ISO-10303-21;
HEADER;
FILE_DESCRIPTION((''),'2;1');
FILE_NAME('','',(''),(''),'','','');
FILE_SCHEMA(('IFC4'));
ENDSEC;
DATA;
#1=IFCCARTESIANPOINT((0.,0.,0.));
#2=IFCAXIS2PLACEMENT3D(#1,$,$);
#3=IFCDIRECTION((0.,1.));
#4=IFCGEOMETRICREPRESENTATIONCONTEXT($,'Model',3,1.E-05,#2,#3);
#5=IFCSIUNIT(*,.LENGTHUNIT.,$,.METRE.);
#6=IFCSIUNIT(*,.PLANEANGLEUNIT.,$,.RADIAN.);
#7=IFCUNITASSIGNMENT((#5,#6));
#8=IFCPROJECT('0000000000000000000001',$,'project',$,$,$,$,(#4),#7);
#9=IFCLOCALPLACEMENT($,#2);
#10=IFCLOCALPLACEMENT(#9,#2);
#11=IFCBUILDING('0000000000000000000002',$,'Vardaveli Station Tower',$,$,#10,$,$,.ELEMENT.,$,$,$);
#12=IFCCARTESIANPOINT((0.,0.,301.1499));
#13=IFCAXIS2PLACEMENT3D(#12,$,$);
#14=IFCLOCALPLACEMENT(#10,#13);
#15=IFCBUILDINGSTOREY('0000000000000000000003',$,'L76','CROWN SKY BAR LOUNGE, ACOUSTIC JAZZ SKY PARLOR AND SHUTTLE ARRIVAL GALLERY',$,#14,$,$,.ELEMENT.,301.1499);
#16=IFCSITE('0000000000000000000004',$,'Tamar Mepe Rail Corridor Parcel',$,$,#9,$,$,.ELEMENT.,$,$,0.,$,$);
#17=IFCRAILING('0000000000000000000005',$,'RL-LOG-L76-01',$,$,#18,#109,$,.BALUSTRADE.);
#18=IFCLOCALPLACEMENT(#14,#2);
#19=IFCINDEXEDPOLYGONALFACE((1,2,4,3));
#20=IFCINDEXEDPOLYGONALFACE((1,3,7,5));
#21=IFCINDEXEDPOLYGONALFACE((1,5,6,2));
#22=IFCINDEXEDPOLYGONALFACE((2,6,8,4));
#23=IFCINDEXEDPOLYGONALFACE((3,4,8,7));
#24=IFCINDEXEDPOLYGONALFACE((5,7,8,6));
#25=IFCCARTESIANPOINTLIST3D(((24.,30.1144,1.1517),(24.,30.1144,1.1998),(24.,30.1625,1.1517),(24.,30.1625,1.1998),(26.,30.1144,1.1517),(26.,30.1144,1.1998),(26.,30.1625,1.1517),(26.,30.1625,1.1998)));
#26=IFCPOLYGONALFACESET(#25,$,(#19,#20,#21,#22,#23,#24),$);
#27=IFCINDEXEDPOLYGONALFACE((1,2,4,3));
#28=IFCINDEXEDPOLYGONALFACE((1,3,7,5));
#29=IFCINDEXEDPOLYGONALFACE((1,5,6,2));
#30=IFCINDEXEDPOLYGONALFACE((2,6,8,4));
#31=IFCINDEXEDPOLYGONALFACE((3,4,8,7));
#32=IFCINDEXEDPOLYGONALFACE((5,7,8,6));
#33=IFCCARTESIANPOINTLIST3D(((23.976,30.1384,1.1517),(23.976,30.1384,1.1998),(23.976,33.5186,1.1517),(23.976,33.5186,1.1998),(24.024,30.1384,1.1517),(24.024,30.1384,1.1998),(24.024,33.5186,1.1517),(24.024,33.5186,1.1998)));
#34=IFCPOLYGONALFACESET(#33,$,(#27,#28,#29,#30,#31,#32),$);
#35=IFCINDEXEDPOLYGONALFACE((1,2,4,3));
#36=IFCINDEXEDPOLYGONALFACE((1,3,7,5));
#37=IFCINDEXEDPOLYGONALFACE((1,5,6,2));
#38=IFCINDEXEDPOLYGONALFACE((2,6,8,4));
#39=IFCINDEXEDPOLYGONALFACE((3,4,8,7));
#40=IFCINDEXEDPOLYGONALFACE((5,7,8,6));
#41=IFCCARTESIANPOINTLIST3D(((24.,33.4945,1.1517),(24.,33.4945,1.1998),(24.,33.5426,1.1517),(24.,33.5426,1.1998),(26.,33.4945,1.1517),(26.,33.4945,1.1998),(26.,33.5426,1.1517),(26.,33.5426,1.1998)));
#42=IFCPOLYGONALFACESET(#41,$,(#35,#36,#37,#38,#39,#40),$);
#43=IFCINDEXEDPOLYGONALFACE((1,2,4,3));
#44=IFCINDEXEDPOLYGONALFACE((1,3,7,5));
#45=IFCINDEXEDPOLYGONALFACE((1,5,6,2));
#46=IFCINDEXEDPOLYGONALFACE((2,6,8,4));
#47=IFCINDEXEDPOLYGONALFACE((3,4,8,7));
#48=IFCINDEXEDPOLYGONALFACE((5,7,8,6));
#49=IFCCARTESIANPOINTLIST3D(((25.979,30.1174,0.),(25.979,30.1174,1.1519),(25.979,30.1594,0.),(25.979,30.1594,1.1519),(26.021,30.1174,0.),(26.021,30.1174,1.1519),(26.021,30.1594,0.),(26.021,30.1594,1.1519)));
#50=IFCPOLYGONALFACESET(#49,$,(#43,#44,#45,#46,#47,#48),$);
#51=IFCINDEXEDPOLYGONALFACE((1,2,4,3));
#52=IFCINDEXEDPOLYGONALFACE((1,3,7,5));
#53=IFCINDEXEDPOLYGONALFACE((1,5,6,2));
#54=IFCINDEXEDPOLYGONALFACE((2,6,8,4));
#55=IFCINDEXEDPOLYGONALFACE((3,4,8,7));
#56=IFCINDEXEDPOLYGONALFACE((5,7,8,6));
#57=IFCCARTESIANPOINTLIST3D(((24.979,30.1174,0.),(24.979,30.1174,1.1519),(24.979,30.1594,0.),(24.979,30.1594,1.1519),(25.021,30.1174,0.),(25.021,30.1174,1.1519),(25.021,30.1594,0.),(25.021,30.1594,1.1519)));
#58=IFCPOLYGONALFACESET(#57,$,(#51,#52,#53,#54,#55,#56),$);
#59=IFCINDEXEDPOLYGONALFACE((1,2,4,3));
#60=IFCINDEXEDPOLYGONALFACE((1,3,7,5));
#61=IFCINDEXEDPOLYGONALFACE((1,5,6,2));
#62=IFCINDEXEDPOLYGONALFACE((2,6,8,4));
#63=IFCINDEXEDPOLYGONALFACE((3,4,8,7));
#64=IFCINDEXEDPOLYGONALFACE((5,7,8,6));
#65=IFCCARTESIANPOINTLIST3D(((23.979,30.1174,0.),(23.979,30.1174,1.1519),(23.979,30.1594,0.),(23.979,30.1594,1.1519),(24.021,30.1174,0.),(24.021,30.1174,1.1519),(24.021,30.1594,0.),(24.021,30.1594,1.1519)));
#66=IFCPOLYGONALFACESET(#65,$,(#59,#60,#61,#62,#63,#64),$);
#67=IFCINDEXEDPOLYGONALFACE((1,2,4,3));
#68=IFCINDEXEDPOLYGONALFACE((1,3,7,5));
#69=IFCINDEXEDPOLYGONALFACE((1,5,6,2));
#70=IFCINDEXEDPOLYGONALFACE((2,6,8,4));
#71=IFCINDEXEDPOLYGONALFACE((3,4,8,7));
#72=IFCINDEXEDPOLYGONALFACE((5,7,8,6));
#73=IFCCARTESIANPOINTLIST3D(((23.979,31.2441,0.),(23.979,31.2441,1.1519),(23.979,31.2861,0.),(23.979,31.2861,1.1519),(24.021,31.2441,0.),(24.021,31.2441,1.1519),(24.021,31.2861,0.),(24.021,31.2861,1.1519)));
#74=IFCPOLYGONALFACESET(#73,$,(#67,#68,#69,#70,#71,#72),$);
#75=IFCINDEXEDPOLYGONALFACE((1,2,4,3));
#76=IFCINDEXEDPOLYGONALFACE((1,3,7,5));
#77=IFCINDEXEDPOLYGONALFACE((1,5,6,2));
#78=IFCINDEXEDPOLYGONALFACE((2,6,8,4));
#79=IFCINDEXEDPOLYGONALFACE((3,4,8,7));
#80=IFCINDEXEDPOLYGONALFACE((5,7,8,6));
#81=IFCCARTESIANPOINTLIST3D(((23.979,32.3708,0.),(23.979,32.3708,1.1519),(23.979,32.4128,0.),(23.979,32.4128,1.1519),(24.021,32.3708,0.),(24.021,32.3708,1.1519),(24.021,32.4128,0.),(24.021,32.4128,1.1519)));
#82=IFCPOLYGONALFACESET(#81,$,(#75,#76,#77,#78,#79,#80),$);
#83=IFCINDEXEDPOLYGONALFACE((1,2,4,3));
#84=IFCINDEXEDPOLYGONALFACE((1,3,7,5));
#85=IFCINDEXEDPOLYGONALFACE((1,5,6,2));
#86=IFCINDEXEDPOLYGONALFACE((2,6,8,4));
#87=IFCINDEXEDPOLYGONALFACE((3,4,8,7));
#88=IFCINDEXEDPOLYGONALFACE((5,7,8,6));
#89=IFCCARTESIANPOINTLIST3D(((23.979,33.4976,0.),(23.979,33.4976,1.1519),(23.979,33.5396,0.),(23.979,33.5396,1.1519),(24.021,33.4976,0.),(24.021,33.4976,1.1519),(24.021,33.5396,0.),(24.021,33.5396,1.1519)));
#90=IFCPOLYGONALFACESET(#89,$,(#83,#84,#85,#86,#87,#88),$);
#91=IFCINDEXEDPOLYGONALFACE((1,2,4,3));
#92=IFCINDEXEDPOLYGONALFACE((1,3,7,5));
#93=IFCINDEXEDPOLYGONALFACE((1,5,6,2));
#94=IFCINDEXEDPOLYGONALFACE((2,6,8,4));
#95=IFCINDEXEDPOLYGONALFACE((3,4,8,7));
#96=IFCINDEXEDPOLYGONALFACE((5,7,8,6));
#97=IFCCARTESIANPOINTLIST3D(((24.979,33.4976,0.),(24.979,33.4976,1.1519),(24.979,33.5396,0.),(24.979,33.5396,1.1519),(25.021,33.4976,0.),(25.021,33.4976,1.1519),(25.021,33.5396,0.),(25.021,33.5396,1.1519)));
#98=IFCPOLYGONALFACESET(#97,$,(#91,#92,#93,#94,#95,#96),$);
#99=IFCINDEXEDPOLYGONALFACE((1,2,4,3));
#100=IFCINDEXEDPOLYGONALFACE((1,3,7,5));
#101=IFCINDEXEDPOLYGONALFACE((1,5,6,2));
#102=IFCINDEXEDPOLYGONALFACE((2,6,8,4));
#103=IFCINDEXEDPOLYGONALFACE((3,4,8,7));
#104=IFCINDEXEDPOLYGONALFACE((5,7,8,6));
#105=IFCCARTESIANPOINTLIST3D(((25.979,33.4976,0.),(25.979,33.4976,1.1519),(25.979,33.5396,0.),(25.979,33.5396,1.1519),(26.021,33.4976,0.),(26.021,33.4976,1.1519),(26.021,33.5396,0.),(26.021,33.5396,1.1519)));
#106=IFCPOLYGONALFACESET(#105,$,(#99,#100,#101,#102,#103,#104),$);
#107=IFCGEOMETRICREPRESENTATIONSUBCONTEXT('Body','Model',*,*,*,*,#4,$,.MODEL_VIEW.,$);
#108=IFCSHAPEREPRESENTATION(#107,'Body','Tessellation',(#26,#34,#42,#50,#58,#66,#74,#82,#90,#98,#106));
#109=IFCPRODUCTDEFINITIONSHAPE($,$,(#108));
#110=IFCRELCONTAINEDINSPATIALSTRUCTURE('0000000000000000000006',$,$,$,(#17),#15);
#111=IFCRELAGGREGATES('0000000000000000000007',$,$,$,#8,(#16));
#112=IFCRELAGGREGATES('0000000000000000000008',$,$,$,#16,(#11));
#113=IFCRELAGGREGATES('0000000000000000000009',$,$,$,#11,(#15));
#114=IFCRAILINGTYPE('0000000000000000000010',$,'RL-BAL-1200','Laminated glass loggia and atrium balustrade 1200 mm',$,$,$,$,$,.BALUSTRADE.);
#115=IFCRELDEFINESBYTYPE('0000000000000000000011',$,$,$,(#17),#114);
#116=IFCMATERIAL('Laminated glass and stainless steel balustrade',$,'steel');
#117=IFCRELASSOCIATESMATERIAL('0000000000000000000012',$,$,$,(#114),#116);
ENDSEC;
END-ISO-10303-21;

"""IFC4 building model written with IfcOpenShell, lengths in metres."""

from ifc_helpers import new_model, si_unit, direction, frame, origin, origin_2d, place, context, subcontext, project, spatial, rectangle, extrude, source, transform, mapped, material, type_object, element, save


model = new_model("IFC4")

# Units and contexts
model_context = context("Model", 3, precision=1e-05, world=origin(), true_north=direction((0.0, 1.0)))
body_context = subcontext(model_context, "Body", "Model", "MODEL_VIEW")
ifc_project = project(units=[si_unit("LENGTHUNIT", "METRE"), si_unit("PLANEANGLEUNIT", "RADIAN")], contexts=[model_context])

# Site, building, storey
site_placement = place(None, origin())
site = spatial("IfcSite", under=ifc_project, at=site_placement, Name="Tamar Mepe Rail Corridor Parcel", CompositionType="ELEMENT", RefElevation=0.0)
building_placement = place(site_placement, origin())
building = spatial("IfcBuilding", under=site, at=building_placement, Name="Vardaveli Station Tower", CompositionType="ELEMENT")
storey_placement = place(building_placement, frame((0.0, 0.0, 301.1499)))
storey = spatial("IfcBuildingStorey", under=building, at=storey_placement, Name="L76", Description="CROWN SKY BAR LOUNGE, ACOUSTIC JAZZ SKY PARLOR AND SHUTTLE ARRIVAL GALLERY", CompositionType="ELEMENT", Elevation=301.1499)

# Railing
ifc_material_1 = material(Name="Laminated glass and stainless steel balustrade", Category="steel")
railing_type = type_object("IfcRailingType", Name="RL-BAL-1200", Description="Laminated glass loggia and atrium balustrade 1200 mm", PredefinedType="BALUSTRADE", material=ifc_material_1)
shared_shape_1 = source(origin(), body_context, "Body", "SweptSolid", [
    extrude(rectangle(XDim=0.0481, YDim=0.0481, at=origin_2d()), frame((0.0, 0.0, 1.1758), z_axis=(-1.0, 0.0, 0.0), x_axis=(0.0, -1.0, 0.0)), (0.0, 0.0, 1.0), 2.0),
    extrude(rectangle(XDim=0.0481, YDim=0.0481, at=origin_2d()), frame((-2.0, 0.0, 1.1758), z_axis=(0.0, 1.0, 0.0), x_axis=(-1.0, 0.0, 0.0)), (0.0, 0.0, 1.0), 3.3801),
    extrude(rectangle(XDim=0.0481, YDim=0.0481, at=origin_2d()), frame((-2.0, 3.3801, 1.1758), z_axis=(1.0, 0.0, 0.0), x_axis=(0.0, 1.0, 0.0)), (0.0, 0.0, 1.0), 2.0),
    extrude(rectangle(XDim=0.042, YDim=0.042, at=origin_2d()), origin(), (0.0, 0.0, 1.0), 1.1519),
    extrude(rectangle(XDim=0.042, YDim=0.042, at=origin_2d()), frame((-1.0, 0.0, 0.0)), (0.0, 0.0, 1.0), 1.1519),
    extrude(rectangle(XDim=0.042, YDim=0.042, at=origin_2d()), frame((-2.0, 0.0, 0.0)), (0.0, 0.0, 1.0), 1.1519),
    extrude(rectangle(XDim=0.042, YDim=0.042, at=origin_2d()), frame((-2.0, 1.1267, 0.0)), (0.0, 0.0, 1.0), 1.1519),
    extrude(rectangle(XDim=0.042, YDim=0.042, at=origin_2d()), frame((-2.0, 2.2534, 0.0)), (0.0, 0.0, 1.0), 1.1519),
    extrude(rectangle(XDim=0.042, YDim=0.042, at=origin_2d()), frame((-2.0, 3.3801, 0.0)), (0.0, 0.0, 1.0), 1.1519),
    extrude(rectangle(XDim=0.042, YDim=0.042, at=origin_2d()), frame((-1.0, 3.3801, 0.0)), (0.0, 0.0, 1.0), 1.1519),
    extrude(rectangle(XDim=0.042, YDim=0.042, at=origin_2d()), frame((0.0, 3.3801, 0.0)), (0.0, 0.0, 1.0), 1.1519),
])
railing_placement = place(storey_placement, frame((26.0, 30.1384, 0.0)))
element("IfcRailing", 1, at=railing_placement, inside=storey, type_object=railing_type, Name="RL-LOG-L76-01", PredefinedType="BALUSTRADE", context=body_context, shape_type="MappedRepresentation", body=[
    mapped(shared_shape_1, transform((0.0, 0.0, 0.0), scale=1.0)),
])

save(model, "model.ifc")
